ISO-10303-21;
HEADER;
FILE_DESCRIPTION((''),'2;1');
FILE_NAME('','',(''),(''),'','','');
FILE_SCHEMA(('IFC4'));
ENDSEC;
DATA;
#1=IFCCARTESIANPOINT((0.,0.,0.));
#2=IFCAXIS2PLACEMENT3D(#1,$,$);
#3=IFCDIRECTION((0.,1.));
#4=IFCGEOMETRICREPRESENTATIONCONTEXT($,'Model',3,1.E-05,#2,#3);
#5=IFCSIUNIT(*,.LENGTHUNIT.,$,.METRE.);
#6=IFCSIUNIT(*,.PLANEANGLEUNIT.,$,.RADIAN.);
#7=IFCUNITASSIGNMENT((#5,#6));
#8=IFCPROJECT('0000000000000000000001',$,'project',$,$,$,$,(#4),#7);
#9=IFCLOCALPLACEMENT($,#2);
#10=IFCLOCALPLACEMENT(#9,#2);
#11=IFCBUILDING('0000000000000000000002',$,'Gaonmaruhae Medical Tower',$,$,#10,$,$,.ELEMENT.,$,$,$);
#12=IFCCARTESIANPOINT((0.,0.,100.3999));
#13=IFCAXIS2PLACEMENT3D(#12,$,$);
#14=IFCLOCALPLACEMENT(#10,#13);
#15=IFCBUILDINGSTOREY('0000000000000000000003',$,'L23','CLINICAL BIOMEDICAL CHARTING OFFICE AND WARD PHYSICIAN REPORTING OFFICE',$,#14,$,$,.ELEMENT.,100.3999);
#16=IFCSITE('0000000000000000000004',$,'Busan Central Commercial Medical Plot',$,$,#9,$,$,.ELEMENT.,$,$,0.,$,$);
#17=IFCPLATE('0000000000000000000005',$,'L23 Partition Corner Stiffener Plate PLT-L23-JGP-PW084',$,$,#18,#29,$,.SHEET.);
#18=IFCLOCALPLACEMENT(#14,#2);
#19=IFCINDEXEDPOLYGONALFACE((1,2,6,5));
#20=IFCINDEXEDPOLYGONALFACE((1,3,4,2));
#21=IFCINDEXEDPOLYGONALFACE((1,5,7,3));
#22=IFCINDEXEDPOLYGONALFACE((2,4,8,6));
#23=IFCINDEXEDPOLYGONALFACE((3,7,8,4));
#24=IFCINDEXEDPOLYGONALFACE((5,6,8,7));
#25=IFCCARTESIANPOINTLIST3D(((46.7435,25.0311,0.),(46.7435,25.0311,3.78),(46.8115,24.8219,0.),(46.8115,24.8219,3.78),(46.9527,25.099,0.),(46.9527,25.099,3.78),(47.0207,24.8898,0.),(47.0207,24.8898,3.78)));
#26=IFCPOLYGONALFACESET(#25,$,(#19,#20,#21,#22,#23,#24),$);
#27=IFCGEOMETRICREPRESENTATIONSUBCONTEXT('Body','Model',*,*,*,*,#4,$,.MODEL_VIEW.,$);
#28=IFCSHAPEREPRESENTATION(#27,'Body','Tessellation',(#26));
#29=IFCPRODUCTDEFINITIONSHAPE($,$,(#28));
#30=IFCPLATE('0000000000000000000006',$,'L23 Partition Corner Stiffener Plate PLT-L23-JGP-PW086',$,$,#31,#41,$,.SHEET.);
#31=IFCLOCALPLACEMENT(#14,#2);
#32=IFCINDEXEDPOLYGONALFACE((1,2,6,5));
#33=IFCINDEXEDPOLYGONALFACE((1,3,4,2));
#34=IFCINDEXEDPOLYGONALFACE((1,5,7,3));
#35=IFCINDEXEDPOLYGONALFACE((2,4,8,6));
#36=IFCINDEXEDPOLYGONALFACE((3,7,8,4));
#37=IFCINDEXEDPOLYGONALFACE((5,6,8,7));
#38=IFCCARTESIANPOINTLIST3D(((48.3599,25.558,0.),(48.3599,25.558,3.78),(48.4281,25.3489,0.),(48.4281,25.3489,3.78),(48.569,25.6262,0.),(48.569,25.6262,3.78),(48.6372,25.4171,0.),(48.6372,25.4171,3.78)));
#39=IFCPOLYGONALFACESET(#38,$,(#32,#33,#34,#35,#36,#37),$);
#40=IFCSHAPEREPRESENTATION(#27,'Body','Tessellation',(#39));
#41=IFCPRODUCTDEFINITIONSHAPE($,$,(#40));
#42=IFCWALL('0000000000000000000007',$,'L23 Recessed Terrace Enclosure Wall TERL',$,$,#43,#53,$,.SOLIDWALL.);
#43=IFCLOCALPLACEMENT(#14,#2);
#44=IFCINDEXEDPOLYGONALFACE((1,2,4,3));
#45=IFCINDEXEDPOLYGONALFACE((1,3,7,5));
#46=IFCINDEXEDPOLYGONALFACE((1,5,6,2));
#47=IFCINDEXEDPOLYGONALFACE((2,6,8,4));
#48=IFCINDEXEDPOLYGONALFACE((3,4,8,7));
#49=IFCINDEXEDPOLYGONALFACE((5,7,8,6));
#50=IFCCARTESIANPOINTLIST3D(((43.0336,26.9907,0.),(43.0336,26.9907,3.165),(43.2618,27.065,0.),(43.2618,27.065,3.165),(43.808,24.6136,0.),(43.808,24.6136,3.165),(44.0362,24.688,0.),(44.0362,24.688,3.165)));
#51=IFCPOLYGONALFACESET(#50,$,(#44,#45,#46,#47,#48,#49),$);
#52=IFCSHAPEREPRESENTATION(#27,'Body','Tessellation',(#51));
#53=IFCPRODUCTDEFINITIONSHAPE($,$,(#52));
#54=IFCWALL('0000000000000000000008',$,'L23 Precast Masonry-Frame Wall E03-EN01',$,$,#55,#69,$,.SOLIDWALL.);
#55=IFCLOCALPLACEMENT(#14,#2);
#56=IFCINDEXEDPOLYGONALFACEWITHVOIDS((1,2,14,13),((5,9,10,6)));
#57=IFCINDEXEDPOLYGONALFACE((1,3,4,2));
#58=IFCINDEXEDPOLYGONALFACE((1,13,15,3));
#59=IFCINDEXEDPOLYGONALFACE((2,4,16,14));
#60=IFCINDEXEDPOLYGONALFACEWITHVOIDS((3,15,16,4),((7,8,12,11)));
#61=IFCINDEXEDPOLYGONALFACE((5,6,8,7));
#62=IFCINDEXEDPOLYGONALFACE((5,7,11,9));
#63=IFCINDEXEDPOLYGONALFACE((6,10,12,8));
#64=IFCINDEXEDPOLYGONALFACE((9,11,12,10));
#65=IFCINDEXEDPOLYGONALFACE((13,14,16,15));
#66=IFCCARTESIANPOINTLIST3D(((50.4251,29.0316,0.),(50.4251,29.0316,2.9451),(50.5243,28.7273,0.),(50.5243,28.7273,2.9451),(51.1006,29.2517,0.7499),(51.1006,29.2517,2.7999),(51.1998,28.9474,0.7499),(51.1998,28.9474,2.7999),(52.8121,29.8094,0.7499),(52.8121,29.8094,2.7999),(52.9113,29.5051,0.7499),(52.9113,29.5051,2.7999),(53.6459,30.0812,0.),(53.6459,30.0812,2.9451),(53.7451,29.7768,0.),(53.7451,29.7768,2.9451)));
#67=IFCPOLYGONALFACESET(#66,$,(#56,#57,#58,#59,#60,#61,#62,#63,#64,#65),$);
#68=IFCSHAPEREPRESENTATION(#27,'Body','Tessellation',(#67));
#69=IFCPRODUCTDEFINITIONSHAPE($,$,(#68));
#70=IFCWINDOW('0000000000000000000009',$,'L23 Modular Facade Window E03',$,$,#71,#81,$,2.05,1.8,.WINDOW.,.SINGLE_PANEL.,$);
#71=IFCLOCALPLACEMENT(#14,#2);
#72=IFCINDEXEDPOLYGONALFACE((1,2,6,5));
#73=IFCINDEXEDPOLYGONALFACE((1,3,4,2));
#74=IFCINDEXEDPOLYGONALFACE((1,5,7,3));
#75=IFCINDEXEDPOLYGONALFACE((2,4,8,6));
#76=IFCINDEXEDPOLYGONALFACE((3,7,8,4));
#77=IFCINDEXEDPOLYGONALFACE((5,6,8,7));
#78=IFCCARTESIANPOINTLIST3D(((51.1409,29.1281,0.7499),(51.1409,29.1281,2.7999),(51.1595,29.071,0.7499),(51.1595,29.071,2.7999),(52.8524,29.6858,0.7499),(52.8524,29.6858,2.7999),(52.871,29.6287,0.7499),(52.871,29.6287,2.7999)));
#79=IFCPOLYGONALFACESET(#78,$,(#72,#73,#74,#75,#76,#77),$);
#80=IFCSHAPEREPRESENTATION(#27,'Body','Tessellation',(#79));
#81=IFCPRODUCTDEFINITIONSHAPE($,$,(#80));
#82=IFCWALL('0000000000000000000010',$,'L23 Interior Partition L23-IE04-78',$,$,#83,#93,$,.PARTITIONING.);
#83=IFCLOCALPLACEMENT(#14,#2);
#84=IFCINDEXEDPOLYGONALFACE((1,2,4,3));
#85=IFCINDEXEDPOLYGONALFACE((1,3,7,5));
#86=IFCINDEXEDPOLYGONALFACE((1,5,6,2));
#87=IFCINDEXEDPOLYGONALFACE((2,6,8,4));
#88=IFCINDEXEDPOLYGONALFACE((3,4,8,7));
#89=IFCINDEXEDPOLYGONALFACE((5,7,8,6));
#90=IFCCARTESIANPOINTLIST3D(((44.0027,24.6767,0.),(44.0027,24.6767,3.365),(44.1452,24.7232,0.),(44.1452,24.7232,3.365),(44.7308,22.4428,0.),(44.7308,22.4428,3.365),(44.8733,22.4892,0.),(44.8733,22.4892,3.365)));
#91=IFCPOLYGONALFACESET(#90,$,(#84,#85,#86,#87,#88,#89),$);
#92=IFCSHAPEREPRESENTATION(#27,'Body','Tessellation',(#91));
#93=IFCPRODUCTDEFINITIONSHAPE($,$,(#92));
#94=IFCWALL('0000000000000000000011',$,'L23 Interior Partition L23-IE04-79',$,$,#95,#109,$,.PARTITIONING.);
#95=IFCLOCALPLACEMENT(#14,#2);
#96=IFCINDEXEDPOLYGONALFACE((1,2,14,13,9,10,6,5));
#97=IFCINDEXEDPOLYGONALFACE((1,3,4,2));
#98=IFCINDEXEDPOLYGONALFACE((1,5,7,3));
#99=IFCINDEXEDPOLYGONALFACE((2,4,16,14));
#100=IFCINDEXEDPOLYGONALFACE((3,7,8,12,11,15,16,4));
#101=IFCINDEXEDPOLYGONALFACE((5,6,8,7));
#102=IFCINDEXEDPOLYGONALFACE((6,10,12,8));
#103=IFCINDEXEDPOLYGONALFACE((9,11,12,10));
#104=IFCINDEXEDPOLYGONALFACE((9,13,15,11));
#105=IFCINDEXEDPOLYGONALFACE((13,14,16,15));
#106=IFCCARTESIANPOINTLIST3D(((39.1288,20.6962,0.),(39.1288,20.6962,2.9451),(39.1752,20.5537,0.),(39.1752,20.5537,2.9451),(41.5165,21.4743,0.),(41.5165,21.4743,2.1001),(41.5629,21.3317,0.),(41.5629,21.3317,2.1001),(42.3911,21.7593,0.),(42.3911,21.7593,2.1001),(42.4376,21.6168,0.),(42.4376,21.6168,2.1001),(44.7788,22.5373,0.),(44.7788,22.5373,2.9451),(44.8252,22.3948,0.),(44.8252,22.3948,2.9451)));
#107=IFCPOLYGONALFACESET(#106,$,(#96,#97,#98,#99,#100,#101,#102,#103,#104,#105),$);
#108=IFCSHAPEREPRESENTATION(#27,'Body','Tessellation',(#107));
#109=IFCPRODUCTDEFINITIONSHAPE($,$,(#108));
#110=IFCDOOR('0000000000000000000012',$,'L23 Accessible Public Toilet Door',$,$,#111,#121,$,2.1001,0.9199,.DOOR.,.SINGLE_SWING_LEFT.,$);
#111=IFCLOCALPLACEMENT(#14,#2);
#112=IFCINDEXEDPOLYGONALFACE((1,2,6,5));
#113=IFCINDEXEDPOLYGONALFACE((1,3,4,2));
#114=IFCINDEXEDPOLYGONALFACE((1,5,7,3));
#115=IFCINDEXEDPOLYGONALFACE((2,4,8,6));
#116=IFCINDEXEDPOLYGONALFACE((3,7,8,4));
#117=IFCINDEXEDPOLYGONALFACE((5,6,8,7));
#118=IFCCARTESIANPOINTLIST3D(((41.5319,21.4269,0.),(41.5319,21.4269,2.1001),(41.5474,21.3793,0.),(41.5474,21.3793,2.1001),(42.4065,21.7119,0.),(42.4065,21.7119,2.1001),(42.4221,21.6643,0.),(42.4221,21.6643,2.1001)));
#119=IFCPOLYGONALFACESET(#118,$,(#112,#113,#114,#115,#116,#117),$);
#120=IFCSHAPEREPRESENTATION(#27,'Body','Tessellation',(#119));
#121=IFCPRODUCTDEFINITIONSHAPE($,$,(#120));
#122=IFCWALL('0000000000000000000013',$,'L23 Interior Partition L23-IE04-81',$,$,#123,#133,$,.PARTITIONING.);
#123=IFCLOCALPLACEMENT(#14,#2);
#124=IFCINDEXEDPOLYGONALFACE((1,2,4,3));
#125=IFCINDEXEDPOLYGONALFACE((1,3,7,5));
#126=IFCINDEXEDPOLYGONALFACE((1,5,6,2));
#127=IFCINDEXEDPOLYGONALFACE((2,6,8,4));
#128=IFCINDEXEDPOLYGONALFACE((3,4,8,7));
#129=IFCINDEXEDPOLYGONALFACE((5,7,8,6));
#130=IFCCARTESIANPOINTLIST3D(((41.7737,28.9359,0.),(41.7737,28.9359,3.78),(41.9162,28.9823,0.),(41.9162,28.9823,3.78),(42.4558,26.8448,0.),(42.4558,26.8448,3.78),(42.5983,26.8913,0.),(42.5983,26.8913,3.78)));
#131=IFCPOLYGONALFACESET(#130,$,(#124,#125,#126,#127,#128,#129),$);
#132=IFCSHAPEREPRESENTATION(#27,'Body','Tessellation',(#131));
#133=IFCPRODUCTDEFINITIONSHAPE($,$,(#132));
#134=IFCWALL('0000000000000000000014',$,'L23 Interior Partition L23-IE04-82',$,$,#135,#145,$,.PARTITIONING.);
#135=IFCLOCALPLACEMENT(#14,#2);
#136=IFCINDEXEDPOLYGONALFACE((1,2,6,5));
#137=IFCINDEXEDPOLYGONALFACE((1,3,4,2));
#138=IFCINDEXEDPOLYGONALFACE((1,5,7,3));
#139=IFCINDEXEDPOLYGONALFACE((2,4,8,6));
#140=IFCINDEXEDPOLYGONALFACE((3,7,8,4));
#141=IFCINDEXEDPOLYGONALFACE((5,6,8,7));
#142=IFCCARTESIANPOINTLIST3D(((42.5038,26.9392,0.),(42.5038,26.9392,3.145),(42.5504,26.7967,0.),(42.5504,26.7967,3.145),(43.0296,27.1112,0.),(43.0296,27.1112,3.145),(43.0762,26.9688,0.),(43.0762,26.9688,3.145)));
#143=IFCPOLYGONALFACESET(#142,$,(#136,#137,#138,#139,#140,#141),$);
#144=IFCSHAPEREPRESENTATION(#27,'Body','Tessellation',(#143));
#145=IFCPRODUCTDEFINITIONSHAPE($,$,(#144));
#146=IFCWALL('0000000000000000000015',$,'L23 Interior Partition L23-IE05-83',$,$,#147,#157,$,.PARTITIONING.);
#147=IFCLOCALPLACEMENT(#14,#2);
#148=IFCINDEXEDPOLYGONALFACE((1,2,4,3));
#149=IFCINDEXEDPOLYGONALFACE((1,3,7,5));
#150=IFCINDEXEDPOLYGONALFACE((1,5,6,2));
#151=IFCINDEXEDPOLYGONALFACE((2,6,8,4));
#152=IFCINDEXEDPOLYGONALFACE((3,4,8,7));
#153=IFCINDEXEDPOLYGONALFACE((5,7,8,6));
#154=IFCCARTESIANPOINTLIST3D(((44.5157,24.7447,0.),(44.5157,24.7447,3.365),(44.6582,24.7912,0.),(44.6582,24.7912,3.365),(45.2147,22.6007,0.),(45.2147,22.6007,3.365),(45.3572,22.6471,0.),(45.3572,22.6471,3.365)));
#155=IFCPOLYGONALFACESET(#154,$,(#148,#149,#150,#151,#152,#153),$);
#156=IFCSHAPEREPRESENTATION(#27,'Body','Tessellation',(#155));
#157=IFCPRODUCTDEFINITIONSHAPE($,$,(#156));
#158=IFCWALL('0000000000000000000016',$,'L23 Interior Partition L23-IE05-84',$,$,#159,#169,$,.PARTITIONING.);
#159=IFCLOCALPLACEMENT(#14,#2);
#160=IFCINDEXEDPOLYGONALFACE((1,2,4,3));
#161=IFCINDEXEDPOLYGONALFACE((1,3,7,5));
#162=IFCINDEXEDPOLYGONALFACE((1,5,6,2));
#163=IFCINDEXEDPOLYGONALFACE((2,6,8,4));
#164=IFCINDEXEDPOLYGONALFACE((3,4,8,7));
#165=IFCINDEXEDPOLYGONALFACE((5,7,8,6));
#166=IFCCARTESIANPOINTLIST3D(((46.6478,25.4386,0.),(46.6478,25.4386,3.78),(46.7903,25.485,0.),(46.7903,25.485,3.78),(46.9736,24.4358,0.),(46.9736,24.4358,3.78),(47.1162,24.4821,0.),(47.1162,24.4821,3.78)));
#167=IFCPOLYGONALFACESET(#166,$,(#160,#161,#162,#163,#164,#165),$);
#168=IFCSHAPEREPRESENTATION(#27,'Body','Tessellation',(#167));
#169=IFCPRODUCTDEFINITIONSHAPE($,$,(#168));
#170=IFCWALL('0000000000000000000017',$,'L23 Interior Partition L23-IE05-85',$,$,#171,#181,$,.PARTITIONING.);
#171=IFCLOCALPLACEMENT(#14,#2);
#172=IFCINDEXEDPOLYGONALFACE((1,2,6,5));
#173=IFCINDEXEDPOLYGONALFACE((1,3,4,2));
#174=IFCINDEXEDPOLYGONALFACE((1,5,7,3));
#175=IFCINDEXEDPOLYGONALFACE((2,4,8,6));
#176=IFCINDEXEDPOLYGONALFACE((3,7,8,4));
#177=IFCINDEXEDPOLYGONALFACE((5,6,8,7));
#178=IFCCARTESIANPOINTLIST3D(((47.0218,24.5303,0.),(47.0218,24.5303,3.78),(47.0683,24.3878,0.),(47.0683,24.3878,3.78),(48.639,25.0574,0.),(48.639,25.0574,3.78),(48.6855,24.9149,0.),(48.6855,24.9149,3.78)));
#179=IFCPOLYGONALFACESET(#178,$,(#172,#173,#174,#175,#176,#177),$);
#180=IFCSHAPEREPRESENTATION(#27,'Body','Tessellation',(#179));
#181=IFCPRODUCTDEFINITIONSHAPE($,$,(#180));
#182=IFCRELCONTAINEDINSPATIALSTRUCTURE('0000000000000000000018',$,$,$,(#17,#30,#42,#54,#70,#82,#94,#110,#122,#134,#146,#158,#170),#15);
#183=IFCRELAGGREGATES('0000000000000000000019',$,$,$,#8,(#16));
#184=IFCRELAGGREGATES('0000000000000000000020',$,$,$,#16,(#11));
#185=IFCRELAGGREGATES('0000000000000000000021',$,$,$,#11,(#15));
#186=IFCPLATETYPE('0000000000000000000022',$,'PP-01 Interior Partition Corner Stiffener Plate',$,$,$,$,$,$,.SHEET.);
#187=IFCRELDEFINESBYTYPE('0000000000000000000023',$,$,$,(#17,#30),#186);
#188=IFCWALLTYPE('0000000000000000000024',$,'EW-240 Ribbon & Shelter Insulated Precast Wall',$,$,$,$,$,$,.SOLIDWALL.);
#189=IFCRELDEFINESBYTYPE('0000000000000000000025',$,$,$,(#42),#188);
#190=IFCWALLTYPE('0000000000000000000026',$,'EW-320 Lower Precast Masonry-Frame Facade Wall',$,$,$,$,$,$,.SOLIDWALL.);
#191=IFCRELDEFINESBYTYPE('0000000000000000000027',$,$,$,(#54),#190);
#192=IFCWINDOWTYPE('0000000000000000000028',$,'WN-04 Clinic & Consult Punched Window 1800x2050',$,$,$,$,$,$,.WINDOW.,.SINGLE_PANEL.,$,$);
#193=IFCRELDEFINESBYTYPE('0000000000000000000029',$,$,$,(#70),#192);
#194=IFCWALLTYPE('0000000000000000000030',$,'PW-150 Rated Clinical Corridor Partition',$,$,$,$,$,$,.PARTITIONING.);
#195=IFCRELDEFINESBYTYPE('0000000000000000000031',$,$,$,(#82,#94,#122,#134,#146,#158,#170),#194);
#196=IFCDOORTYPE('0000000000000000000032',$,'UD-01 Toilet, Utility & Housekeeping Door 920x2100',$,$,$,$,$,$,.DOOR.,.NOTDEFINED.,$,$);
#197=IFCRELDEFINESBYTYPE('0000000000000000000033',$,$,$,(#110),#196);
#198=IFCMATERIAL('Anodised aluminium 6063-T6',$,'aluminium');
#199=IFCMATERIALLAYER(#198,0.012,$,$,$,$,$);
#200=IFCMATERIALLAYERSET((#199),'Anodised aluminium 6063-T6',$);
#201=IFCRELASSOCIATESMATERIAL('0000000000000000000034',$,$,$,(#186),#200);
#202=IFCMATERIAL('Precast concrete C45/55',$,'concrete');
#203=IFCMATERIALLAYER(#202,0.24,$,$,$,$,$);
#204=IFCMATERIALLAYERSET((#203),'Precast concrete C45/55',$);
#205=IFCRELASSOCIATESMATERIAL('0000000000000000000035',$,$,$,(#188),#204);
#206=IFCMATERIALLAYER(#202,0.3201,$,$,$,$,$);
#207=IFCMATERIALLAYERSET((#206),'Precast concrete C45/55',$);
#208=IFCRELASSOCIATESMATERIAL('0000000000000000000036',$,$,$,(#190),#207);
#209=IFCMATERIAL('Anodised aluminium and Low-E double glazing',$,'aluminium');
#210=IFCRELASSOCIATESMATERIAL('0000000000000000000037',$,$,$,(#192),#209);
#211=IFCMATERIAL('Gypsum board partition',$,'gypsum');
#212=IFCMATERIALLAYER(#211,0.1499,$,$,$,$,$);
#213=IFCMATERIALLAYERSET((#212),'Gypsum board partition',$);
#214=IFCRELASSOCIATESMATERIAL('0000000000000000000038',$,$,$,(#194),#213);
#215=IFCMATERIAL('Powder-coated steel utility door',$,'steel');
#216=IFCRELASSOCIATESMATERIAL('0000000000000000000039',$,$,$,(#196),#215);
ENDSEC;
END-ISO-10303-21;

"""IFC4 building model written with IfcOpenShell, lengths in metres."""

from ifc_helpers import new_model, si_unit, direction, frame, frame_2d, origin, origin_2d, place, context, subcontext, project, spatial, rectangle, extrude, material, layer, layer_set, type_object, element, fill, save


model = new_model("IFC4")

# Units and contexts
model_context = context("Model", 3, precision=1e-05, world=origin(), true_north=direction((0.0, 1.0)))
body_context = subcontext(model_context, "Body", "Model", "MODEL_VIEW")
ifc_project = project(units=[si_unit("LENGTHUNIT", "METRE"), si_unit("PLANEANGLEUNIT", "RADIAN")], contexts=[model_context])

# Site, building, storey
site_placement = place(None, origin())
site = spatial("IfcSite", under=ifc_project, at=site_placement, Name="Busan Central Commercial Medical Plot", CompositionType="ELEMENT", RefElevation=0.0)
building_placement = place(site_placement, origin())
building = spatial("IfcBuilding", under=site, at=building_placement, Name="Gaonmaruhae Medical Tower", CompositionType="ELEMENT")
storey_placement = place(building_placement, frame((0.0, 0.0, 100.3999)))
storey = spatial("IfcBuildingStorey", under=building, at=storey_placement, Name="L23", Description="CLINICAL BIOMEDICAL CHARTING OFFICE AND WARD PHYSICIAN REPORTING OFFICE", CompositionType="ELEMENT", Elevation=100.3999)

# Plates
ifc_material_1 = material(Name="Anodised aluminium 6063-T6", Category="aluminium")
ifc_layer_1 = layer(ifc_material_1, 0.012)
ifc_layer_set_1 = layer_set([ifc_layer_1], Name="Anodised aluminium 6063-T6")
plate_type = type_object("IfcPlateType", Name="PP-01 Interior Partition Corner Stiffener Plate", PredefinedType="SHEET", material=ifc_layer_set_1)
for number, where, z_axis, x_axis, name in (
    (1, (46.8821, 24.9604, 0.0), (0.0, 0.0, 1.0), (0.3091, -0.95103, 0.0), "L23 Partition Corner Stiffener Plate PLT-L23-JGP-PW084"),
    (2, (48.4985, 25.4875, 0.0), (0.0, 0.0, 1.0), (-0.309963, 0.950749, 0.0), "L23 Partition Corner Stiffener Plate PLT-L23-JGP-PW086"),
):
    element("IfcPlate", number, at=place(storey_placement, frame(where, z_axis=z_axis, x_axis=x_axis)), inside=storey, type_object=plate_type, Name=name, PredefinedType="SHEET", context=body_context, shape_type="SweptSolid", body=[
        extrude(rectangle(XDim=0.22, YDim=0.22, at=origin_2d()), origin(), (0.0, 0.0, 1.0), 3.78),
    ])

# Shared definitions
ifc_material_2 = material(Name="Precast concrete C45/55", Category="concrete")
ifc_layer_2 = layer(ifc_material_2, 0.24)
ifc_layer_set_2 = layer_set([ifc_layer_2], Name="Precast concrete C45/55")
wall_type_1 = type_object("IfcWallType", Name="EW-240 Ribbon & Shelter Insulated Precast Wall", PredefinedType="SOLIDWALL", material=ifc_layer_set_2)

# Wall
wall_1_placement = place(storey_placement, frame((43.1477, 27.0278, 0.0), z_axis=(0.0, 0.0, 1.0), x_axis=(0.309775, -0.95081, 0.0)))
element("IfcWall", 3, at=wall_1_placement, inside=storey, type_object=wall_type_1, Name="L23 Recessed Terrace Enclosure Wall TERL", PredefinedType="SOLIDWALL", context=body_context, shape_type="SweptSolid", body=[
    extrude(rectangle(XDim=2.5, YDim=0.24, at=frame_2d((1.25, 0.0))), origin(), (0.0, 0.0, 1.0), 3.165),
])

# Wall, opening, window
ifc_layer_3 = layer(ifc_material_2, 0.3201)
ifc_layer_set_3 = layer_set([ifc_layer_3], Name="Precast concrete C45/55")
wall_type_2 = type_object("IfcWallType", Name="EW-320 Lower Precast Masonry-Frame Facade Wall", PredefinedType="SOLIDWALL", material=ifc_layer_set_3)
wall_2_placement = place(storey_placement, frame((50.4746, 28.8794, 0.0), z_axis=(0.0, 0.0, 1.0), x_axis=(0.950788, 0.309842, 0.0)))
wall_2 = element("IfcWall", 4, at=wall_2_placement, inside=storey, type_object=wall_type_2, Name="L23 Precast Masonry-Frame Wall E03-EN01", PredefinedType="SOLIDWALL", context=body_context, shape_type="SweptSolid", body=[
    extrude(rectangle(XDim=3.3875, YDim=0.3201, at=frame_2d((1.6938, 0.0))), origin(), (0.0, 0.0, 1.0), 2.9451),
])
opening_1_placement = place(wall_2_placement, frame((0.7107, 0.0, 0.75)))
opening_1 = element("IfcOpeningElement", 5, at=opening_1_placement, cuts=wall_2, PredefinedType="OPENING", context=body_context, shape_type="SweptSolid", body=[
    extrude(rectangle(XDim=1.8, YDim=2.05, at=frame_2d((0.8999, 1.0249))), frame((0.0, 0.1699, 0.0), z_axis=(0.0, -1.0, 0.0), x_axis=(1.0, 0.0, 0.0)), (0.0, 0.0, 1.0), 0.3401),
])
ifc_material_3 = material(Name="Anodised aluminium and Low-E double glazing", Category="aluminium")
window_type = type_object("IfcWindowType", Name="WN-04 Clinic & Consult Punched Window 1800x2050", PartitioningType="SINGLE_PANEL", PredefinedType="WINDOW", material=ifc_material_3)
window_placement = place(opening_1_placement, origin())
window = element("IfcWindow", 6, at=window_placement, inside=storey, type_object=window_type, Name="L23 Modular Facade Window E03", OverallHeight=2.05, OverallWidth=1.8, PartitioningType="SINGLE_PANEL", PredefinedType="WINDOW", context=body_context, shape_type="SweptSolid", body=[
    extrude(rectangle(XDim=1.8, YDim=2.05, at=frame_2d((0.8999, 1.0249))), frame((0.0, 0.03, 0.0), z_axis=(0.0, -1.0, 0.0), x_axis=(1.0, 0.0, 0.0)), (0.0, 0.0, 1.0), 0.0601),
])
fill(opening_1, window)

# Wall
ifc_material_4 = material(Name="Gypsum board partition", Category="gypsum")
ifc_layer_4 = layer(ifc_material_4, 0.1499)
ifc_layer_set_4 = layer_set([ifc_layer_4], Name="Gypsum board partition")
wall_type_3 = type_object("IfcWallType", Name="PW-150 Rated Clinical Corridor Partition", PredefinedType="PARTITIONING", material=ifc_layer_set_4)
wall_3_placement = place(storey_placement, frame((44.074, 24.7, 0.0), z_axis=(0.0, 0.0, 1.0), x_axis=(0.309861, -0.950782, 0.0)))
element("IfcWall", 7, at=wall_3_placement, inside=storey, type_object=wall_type_3, Name="L23 Interior Partition L23-IE04-78", PredefinedType="PARTITIONING", context=body_context, shape_type="SweptSolid", body=[
    extrude(rectangle(XDim=2.3496, YDim=0.1499, at=frame_2d((1.1748, 0.0))), origin(), (0.0, 0.0, 1.0), 3.365),
])

# Wall, opening, door
wall_4_placement = place(storey_placement, frame((44.802, 22.4661, 0.0), z_axis=(0.0, 0.0, 1.0), x_axis=(-0.950794, -0.309824, 0.0)))
wall_4 = element("IfcWall", 8, at=wall_4_placement, inside=storey, type_object=wall_type_3, Name="L23 Interior Partition L23-IE04-79", PredefinedType="PARTITIONING", context=body_context, shape_type="SweptSolid", body=[
    extrude(rectangle(XDim=5.9424, YDim=0.1499, at=frame_2d((2.9712, 0.0))), origin(), (0.0, 0.0, 1.0), 2.9451),
])
opening_2_placement = place(wall_4_placement, frame((2.5112, 0.0, 0.0)))
opening_2 = element("IfcOpeningElement", 9, at=opening_2_placement, cuts=wall_4, PredefinedType="OPENING", context=body_context, shape_type="SweptSolid", body=[
    extrude(rectangle(XDim=0.9199, YDim=2.1001, at=frame_2d((0.46, 1.05))), frame((0.0, 0.085, 0.0), z_axis=(0.0, -1.0, 0.0), x_axis=(1.0, 0.0, 0.0)), (0.0, 0.0, 1.0), 0.1699),
])
ifc_material_5 = material(Name="Powder-coated steel utility door", Category="steel")
door_type_1 = type_object("IfcDoorType", Name="UD-01 Toilet, Utility & Housekeeping Door 920x2100", OperationType="NOTDEFINED", PredefinedType="DOOR", material=ifc_material_5)
door_1_placement = place(opening_2_placement, origin())
door_1 = element("IfcDoor", 10, at=door_1_placement, inside=storey, type_object=door_type_1, Name="L23 Accessible Public Toilet Door", OperationType="SINGLE_SWING_LEFT", OverallHeight=2.1001, OverallWidth=0.9199, PredefinedType="DOOR", context=body_context, shape_type="SweptSolid", body=[
    extrude(rectangle(XDim=0.9199, YDim=2.1001, at=frame_2d((0.46, 1.05))), frame((0.0, 0.0249, 0.0), z_axis=(0.0, -1.0, 0.0), x_axis=(1.0, 0.0, 0.0)), (0.0, 0.0, 1.0), 0.05),
])
fill(opening_2, door_1)

# Walls
wall_5_placement = place(storey_placement, frame((41.845, 28.959, 0.0), z_axis=(0.0, 0.0, 1.0), x_axis=(0.310127, -0.950695, 0.0)))
element("IfcWall", 11, at=wall_5_placement, inside=storey, type_object=wall_type_3, Name="L23 Interior Partition L23-IE04-81", PredefinedType="PARTITIONING", context=body_context, shape_type="SweptSolid", body=[
    extrude(rectangle(XDim=2.1995, YDim=0.1499, at=frame_2d((1.0996, 0.0))), origin(), (0.0, 0.0, 1.0), 3.78),
])
wall_6_placement = place(storey_placement, frame((42.5271, 26.8679, 0.0), z_axis=(0.0, 0.0, 1.0), x_axis=(0.95039, 0.311061, 0.0)))
element("IfcWall", 12, at=wall_6_placement, inside=storey, type_object=wall_type_3, Name="L23 Interior Partition L23-IE04-82", PredefinedType="PARTITIONING", context=body_context, shape_type="SweptSolid", body=[
    extrude(rectangle(XDim=0.5532, YDim=0.1499, at=frame_2d((0.2766, 0.0))), origin(), (0.0, 0.0, 1.0), 3.145),
])
wall_7_placement = place(storey_placement, frame((45.2859, 22.624, 0.0), z_axis=(0.0, 0.0, 1.0), x_axis=(-0.309953, 0.950752, 0.0)))
element("IfcWall", 13, at=wall_7_placement, inside=storey, type_object=wall_type_3, Name="L23 Interior Partition L23-IE05-83", PredefinedType="PARTITIONING", context=body_context, shape_type="SweptSolid", body=[
    extrude(rectangle(XDim=2.2551, YDim=0.1499, at=frame_2d((1.1274, 0.0))), origin(), (0.0, 0.0, 1.0), 3.365),
])
wall_8_placement = place(storey_placement, frame((46.719, 25.4619, 0.0), z_axis=(0.0, 0.0, 1.0), x_axis=(0.309065, -0.951041, 0.0)))
element("IfcWall", 14, at=wall_8_placement, inside=storey, type_object=wall_type_3, Name="L23 Interior Partition L23-IE05-84", PredefinedType="PARTITIONING", context=body_context, shape_type="SweptSolid", body=[
    extrude(rectangle(XDim=1.0544, YDim=0.1499, at=frame_2d((0.5273, 0.0))), origin(), (0.0, 0.0, 1.0), 3.78),
])
wall_9_placement = place(storey_placement, frame((47.0449, 24.459, 0.0), z_axis=(0.0, 0.0, 1.0), x_axis=(0.950772, 0.309891, 0.0)))
element("IfcWall", 15, at=wall_9_placement, inside=storey, type_object=wall_type_3, Name="L23 Interior Partition L23-IE05-85", PredefinedType="PARTITIONING", context=body_context, shape_type="SweptSolid", body=[
    extrude(rectangle(XDim=1.7009, YDim=0.1499, at=frame_2d((0.8506, 0.0))), origin(), (0.0, 0.0, 1.0), 3.78),
])

save(model, "model.ifc")
